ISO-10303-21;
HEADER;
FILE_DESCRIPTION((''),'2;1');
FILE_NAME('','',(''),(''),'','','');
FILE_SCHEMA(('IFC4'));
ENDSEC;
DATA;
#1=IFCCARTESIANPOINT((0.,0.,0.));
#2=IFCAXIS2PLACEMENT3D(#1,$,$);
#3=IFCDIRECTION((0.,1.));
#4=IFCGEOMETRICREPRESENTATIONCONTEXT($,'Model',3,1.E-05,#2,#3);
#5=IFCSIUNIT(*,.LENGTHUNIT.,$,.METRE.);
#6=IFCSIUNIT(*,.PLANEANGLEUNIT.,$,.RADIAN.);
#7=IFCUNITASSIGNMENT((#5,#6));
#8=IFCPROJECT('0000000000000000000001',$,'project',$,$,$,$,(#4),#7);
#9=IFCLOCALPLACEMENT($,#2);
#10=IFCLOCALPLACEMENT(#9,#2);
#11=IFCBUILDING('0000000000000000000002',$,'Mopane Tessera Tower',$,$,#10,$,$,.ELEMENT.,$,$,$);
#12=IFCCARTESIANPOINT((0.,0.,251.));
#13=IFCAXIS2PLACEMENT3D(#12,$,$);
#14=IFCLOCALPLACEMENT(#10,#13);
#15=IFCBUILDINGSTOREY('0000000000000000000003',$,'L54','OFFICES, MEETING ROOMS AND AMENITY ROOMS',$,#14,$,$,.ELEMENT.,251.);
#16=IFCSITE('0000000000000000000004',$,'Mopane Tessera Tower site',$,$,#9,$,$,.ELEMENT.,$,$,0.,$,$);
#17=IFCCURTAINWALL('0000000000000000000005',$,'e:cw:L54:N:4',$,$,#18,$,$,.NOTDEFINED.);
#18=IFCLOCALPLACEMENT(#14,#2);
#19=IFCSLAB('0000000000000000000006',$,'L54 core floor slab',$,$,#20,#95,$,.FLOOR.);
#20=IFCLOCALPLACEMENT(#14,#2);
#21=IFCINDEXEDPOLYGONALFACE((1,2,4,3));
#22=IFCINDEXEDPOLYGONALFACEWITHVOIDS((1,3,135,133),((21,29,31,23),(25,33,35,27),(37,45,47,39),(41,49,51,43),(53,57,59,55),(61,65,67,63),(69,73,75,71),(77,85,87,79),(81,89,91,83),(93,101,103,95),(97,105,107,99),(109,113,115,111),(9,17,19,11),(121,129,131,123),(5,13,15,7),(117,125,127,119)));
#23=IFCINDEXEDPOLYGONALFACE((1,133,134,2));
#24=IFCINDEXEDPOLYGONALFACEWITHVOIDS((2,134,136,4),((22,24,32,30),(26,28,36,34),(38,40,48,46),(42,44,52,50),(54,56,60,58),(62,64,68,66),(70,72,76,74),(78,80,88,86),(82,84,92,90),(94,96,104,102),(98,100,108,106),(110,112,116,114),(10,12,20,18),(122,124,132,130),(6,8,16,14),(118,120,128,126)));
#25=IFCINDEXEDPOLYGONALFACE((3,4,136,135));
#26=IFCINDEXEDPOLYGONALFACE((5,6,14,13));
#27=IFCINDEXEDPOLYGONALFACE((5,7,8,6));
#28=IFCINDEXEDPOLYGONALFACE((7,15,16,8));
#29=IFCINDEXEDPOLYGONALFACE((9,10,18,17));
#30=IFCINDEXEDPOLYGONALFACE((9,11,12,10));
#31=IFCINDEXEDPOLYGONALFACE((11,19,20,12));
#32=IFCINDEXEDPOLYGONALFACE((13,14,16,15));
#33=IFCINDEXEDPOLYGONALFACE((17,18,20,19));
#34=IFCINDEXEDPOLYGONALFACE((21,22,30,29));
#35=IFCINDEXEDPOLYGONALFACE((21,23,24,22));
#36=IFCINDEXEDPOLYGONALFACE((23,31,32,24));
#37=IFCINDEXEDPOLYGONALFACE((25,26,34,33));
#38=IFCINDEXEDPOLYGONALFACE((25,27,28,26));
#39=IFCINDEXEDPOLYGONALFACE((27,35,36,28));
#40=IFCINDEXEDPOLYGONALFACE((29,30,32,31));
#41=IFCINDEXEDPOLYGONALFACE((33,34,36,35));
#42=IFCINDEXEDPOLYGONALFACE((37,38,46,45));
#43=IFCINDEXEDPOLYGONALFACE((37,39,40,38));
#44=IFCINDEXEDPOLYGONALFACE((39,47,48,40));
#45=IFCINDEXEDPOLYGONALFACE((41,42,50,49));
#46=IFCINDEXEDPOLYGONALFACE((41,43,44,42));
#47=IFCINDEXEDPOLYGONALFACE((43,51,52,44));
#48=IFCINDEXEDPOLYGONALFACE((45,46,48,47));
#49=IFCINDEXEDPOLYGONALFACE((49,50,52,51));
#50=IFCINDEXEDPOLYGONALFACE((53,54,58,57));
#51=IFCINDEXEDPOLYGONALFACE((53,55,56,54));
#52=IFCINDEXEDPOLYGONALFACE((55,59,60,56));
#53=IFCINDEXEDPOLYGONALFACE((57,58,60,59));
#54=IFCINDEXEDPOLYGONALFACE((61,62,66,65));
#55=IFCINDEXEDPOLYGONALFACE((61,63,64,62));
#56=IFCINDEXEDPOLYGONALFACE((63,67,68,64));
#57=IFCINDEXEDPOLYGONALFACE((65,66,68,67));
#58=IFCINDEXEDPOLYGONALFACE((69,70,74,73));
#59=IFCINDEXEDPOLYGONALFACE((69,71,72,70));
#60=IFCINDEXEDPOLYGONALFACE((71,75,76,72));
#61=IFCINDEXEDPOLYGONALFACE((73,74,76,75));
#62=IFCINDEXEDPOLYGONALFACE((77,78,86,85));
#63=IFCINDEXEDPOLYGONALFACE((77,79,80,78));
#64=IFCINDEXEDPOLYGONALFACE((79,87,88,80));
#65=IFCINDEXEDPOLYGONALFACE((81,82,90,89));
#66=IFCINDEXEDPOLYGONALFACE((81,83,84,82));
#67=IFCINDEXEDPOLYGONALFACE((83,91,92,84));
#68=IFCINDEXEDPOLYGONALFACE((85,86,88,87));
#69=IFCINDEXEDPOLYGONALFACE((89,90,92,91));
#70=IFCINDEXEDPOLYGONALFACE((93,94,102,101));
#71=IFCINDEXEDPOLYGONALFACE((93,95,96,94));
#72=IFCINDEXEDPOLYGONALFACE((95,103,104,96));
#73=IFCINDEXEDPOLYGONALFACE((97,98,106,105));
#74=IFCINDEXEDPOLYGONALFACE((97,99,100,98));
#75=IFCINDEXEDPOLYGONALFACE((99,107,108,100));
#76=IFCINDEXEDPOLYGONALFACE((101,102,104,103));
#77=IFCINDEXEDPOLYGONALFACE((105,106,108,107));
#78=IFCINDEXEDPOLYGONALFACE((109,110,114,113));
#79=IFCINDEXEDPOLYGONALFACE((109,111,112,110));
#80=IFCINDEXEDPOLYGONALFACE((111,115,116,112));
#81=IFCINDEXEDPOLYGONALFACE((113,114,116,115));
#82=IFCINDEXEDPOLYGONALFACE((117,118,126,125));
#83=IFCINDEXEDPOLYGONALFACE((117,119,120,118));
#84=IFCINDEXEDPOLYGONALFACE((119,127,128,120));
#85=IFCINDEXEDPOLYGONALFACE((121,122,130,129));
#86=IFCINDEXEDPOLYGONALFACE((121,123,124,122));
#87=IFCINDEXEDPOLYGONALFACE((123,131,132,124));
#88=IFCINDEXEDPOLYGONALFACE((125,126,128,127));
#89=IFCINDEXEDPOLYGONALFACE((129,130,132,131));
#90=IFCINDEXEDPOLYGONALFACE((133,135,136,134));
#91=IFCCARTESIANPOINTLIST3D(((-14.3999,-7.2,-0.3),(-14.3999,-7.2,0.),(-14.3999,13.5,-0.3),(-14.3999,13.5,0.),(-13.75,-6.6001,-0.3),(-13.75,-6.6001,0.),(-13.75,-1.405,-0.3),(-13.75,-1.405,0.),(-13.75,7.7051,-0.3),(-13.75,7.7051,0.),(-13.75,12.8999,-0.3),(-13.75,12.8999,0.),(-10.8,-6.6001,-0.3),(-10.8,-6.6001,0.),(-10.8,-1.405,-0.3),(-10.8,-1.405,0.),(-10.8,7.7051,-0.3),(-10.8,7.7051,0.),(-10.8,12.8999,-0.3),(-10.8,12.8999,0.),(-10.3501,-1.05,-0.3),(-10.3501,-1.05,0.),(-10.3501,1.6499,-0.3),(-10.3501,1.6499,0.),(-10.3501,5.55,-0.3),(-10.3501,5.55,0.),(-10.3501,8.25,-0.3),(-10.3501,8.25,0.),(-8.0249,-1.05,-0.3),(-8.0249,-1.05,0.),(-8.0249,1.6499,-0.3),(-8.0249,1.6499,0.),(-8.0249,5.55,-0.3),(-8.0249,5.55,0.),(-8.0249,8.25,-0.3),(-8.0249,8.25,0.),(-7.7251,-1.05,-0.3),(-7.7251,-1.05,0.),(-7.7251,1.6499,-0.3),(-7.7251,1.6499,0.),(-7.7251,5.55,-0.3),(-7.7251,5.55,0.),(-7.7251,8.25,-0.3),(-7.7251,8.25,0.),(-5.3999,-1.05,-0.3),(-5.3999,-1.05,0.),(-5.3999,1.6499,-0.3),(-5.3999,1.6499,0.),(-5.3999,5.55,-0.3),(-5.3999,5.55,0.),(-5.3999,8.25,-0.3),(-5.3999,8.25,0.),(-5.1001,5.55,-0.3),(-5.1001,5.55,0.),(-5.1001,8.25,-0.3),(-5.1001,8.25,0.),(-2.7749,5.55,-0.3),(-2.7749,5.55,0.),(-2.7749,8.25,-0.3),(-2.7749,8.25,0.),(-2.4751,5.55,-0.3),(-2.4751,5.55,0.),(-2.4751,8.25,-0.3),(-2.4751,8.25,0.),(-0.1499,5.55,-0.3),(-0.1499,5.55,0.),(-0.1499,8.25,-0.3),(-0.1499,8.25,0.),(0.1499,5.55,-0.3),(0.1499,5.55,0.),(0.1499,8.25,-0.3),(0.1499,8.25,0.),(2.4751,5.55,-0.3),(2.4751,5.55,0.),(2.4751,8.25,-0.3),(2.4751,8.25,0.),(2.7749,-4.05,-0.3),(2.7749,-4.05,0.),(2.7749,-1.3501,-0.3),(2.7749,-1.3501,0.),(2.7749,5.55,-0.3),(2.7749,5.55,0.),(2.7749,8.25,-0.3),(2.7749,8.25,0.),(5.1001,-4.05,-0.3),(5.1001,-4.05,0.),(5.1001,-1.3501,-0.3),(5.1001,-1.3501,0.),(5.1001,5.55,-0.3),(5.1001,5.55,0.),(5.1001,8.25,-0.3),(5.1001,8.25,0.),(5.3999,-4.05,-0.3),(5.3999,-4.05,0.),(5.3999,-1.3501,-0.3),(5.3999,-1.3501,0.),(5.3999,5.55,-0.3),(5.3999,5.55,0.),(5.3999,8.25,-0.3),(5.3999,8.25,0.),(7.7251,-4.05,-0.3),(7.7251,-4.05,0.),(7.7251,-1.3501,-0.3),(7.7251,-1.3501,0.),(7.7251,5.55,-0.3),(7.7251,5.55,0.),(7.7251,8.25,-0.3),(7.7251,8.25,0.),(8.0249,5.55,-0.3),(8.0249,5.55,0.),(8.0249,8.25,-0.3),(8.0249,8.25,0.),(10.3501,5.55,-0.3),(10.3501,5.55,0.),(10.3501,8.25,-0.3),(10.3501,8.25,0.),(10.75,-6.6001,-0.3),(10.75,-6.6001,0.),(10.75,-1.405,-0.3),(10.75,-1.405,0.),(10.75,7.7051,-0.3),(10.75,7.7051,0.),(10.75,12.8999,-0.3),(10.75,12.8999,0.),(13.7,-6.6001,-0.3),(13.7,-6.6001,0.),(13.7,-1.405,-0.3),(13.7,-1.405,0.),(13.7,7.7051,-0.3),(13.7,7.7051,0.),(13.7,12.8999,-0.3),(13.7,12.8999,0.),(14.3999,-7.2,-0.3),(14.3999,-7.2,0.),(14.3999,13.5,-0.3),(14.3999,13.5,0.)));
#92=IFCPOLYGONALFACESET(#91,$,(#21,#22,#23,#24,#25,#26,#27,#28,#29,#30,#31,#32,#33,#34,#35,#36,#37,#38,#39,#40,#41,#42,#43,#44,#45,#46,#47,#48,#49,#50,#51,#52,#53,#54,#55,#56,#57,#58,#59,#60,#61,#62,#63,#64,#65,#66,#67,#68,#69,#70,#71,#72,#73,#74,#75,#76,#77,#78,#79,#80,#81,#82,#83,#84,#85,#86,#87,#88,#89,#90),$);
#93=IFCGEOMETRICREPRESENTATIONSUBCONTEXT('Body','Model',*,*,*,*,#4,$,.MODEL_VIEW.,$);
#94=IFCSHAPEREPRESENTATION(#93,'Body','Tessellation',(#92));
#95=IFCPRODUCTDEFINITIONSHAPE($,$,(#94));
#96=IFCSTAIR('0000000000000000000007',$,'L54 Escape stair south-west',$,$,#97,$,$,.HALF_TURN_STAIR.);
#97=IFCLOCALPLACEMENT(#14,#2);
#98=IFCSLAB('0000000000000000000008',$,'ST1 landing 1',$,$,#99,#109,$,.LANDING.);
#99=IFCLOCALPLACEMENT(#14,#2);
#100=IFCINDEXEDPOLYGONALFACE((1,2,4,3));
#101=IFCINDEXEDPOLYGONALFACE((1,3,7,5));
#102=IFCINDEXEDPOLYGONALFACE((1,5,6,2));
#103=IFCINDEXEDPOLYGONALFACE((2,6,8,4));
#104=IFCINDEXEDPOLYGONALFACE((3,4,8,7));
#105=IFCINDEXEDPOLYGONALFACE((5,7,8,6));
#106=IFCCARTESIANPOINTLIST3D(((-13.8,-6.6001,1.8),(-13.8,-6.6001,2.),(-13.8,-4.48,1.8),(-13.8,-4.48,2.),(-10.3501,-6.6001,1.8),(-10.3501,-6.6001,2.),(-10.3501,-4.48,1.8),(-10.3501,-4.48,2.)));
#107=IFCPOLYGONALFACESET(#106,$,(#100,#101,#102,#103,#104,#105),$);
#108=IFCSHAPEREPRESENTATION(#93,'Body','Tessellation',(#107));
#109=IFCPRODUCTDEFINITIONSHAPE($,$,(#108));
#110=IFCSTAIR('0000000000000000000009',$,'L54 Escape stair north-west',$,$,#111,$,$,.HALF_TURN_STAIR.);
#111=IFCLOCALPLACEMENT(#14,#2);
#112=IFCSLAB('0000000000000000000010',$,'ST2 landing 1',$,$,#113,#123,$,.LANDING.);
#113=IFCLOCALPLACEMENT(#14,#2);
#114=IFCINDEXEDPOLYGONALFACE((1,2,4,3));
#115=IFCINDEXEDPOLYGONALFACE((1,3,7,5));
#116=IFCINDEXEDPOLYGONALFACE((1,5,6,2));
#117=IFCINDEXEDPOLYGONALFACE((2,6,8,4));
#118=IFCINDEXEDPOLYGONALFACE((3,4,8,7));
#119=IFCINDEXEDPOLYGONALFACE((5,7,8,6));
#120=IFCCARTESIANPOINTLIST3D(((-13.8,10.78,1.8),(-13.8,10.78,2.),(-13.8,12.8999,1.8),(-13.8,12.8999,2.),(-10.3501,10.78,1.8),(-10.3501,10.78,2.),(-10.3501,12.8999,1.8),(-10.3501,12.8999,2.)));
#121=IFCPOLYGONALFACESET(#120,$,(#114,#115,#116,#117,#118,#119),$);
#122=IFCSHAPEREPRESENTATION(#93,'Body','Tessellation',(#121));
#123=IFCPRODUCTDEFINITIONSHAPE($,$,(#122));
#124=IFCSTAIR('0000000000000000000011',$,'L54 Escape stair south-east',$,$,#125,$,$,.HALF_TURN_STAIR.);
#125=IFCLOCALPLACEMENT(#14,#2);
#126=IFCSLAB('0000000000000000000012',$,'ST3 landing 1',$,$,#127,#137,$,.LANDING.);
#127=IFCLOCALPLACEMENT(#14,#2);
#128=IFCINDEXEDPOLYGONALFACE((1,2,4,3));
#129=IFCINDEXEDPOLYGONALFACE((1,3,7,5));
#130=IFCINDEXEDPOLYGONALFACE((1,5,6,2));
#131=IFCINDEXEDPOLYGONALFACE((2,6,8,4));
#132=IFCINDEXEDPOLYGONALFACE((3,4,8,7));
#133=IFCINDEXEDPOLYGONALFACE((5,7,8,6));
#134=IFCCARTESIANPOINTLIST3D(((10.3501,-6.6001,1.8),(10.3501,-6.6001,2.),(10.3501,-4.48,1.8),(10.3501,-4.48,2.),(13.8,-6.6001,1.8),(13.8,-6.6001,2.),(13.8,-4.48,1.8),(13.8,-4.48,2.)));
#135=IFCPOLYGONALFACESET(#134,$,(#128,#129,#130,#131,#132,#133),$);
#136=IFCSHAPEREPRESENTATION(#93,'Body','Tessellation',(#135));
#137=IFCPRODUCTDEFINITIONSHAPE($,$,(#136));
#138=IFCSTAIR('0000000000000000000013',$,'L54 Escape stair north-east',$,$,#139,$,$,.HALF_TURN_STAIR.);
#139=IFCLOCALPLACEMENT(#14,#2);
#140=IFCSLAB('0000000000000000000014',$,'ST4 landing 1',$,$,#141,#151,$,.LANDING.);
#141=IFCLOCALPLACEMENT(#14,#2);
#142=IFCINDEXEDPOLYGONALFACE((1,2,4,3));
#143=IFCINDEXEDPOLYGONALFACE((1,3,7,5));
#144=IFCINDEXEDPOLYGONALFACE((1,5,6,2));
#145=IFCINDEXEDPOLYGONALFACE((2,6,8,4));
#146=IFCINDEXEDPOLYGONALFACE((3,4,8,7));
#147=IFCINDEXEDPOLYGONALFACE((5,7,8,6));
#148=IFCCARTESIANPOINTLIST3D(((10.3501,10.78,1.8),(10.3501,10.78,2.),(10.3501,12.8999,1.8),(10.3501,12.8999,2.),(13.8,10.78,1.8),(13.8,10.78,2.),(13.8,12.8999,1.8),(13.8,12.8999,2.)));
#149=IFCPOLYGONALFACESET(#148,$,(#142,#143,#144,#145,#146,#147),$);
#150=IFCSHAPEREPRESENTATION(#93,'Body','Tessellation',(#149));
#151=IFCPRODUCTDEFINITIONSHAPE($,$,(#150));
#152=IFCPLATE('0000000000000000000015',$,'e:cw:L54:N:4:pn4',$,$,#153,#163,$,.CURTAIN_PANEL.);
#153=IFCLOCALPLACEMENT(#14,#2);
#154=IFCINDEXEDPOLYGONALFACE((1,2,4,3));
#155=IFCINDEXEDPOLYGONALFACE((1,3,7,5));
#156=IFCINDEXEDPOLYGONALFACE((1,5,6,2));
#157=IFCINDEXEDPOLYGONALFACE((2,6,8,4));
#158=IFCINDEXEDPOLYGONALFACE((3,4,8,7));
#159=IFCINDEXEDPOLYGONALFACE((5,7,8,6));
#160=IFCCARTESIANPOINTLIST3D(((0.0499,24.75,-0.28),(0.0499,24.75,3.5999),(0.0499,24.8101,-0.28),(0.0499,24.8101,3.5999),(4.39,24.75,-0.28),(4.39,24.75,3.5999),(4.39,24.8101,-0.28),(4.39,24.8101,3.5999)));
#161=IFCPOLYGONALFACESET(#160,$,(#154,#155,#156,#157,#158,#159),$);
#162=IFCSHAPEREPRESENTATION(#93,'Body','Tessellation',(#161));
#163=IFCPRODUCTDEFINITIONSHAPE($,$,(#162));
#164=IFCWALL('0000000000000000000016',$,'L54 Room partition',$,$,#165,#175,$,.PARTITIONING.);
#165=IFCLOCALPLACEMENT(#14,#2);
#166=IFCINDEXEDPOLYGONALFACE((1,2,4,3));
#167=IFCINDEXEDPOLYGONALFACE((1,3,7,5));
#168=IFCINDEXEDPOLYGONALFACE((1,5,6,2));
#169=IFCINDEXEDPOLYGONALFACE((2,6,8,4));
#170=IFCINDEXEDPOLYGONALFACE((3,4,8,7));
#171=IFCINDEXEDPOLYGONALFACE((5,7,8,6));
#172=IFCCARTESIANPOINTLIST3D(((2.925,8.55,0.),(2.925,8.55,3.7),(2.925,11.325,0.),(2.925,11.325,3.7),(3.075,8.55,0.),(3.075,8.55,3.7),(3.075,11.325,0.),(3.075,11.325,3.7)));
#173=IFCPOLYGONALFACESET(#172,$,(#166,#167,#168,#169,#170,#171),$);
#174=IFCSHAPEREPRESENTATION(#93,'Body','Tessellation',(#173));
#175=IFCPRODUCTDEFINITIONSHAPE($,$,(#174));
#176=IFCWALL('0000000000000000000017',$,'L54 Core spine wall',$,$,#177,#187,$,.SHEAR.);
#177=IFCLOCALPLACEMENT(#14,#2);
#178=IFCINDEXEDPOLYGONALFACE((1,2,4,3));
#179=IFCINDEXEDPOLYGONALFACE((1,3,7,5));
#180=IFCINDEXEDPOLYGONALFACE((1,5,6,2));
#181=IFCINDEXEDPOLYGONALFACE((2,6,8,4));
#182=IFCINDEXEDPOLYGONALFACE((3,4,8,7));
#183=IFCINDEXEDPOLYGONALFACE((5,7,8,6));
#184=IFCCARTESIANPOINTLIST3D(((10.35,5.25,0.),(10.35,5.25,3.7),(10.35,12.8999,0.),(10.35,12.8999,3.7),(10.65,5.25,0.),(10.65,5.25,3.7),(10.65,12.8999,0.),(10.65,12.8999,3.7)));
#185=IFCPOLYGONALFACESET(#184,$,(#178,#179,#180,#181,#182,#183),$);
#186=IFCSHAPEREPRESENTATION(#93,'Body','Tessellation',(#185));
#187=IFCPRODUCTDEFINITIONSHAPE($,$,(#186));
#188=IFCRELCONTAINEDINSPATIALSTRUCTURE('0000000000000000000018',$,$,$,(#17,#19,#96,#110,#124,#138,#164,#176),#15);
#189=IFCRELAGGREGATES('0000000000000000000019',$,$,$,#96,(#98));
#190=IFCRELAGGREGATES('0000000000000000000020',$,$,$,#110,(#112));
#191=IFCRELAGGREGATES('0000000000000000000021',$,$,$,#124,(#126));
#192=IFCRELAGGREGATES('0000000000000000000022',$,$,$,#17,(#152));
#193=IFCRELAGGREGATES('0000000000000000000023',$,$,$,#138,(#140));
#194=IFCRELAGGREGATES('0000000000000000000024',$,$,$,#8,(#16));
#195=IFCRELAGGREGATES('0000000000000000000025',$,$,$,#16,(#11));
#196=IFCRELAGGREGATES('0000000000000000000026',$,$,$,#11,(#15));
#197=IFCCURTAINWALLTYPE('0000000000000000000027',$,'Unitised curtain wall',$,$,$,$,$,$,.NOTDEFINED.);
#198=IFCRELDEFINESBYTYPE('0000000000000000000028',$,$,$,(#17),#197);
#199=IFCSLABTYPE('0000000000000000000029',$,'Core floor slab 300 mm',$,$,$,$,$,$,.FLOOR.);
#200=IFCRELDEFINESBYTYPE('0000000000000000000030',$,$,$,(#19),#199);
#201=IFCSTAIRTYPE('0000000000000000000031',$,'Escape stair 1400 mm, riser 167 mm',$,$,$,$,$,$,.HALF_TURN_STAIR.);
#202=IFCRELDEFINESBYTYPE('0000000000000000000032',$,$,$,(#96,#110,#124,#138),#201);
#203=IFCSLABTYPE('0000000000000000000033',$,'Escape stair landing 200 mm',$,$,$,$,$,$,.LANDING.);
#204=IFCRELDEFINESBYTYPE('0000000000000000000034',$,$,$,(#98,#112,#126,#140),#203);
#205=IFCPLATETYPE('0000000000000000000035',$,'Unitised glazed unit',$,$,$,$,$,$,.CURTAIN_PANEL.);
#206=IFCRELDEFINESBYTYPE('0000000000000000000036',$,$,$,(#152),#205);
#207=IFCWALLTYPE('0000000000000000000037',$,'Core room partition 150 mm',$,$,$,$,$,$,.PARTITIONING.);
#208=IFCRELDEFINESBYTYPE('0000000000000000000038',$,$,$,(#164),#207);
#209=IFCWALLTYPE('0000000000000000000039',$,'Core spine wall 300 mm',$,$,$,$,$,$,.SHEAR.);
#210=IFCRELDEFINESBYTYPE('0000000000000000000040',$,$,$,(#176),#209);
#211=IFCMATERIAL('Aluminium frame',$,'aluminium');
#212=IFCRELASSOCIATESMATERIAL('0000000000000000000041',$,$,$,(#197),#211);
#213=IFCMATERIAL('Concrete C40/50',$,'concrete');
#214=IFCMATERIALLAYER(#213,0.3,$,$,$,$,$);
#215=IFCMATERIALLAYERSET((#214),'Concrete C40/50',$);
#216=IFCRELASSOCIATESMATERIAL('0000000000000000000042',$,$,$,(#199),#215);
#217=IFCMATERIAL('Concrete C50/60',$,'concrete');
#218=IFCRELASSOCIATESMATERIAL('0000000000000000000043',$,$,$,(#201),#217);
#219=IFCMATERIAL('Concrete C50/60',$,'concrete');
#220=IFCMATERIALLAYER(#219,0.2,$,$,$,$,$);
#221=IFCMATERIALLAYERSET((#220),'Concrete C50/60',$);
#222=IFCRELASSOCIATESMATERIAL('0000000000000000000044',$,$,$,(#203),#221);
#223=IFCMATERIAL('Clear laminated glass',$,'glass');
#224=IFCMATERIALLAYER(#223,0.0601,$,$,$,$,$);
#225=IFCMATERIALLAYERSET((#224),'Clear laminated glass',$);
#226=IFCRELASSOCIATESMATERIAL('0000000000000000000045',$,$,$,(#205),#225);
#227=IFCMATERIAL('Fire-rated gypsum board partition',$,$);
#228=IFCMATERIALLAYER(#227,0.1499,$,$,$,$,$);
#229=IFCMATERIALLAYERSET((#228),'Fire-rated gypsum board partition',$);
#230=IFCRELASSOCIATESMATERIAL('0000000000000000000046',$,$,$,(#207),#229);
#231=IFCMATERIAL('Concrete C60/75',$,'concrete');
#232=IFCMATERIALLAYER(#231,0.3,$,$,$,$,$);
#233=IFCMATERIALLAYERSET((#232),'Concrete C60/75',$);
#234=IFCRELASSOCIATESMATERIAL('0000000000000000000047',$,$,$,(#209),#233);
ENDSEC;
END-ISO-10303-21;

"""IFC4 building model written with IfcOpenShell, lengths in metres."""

from ifc_helpers import new_model, si_unit, direction, frame, frame_2d, origin, origin_2d, place, context, subcontext, project, spatial, polyline, rectangle, outline, extrude, material, layer, layer_set, type_object, element, aggregate, save


model = new_model("IFC4")

# Units and contexts
model_context = context("Model", 3, precision=1e-05, world=origin(), true_north=direction((0.0, 1.0)))
body_context = subcontext(model_context, "Body", "Model", "MODEL_VIEW")
ifc_project = project(units=[si_unit("LENGTHUNIT", "METRE"), si_unit("PLANEANGLEUNIT", "RADIAN")], contexts=[model_context])

# Site, building, storey
site_placement = place(None, origin())
site = spatial("IfcSite", under=ifc_project, at=site_placement, Name="Mopane Tessera Tower site", CompositionType="ELEMENT", RefElevation=0.0)
building_placement = place(site_placement, origin())
building = spatial("IfcBuilding", under=site, at=building_placement, Name="Mopane Tessera Tower", CompositionType="ELEMENT")
storey_placement = place(building_placement, frame((0.0, 0.0, 251.0)))
storey = spatial("IfcBuildingStorey", under=building, at=storey_placement, Name="L54", Description="OFFICES, MEETING ROOMS AND AMENITY ROOMS", CompositionType="ELEMENT", Elevation=251.0)

# Curtain wall
ifc_material_1 = material(Name="Aluminium frame", Category="aluminium")
curtain_wall_type = type_object("IfcCurtainWallType", Name="Unitised curtain wall", PredefinedType="NOTDEFINED", material=ifc_material_1)
curtain_wall_placement = place(storey_placement, origin())
curtain_wall = element("IfcCurtainWall", 1, at=curtain_wall_placement, inside=storey, type_object=curtain_wall_type, Name="e:cw:L54:N:4", PredefinedType="NOTDEFINED")

# Slab
ifc_material_2 = material(Name="Concrete C40/50", Category="concrete")
ifc_layer_1 = layer(ifc_material_2, 0.3)
ifc_layer_set_1 = layer_set([ifc_layer_1], Name="Concrete C40/50")
slab_type_1 = type_object("IfcSlabType", Name="Core floor slab 300 mm", PredefinedType="FLOOR", material=ifc_layer_set_1)
slab_1_placement = place(storey_placement, frame((0.0, 0.0, -0.3)))
element("IfcSlab", 2, at=slab_1_placement, inside=storey, type_object=slab_type_1, Name="L54 core floor slab", PredefinedType="FLOOR", context=body_context, shape_type="SweptSolid", body=[
    extrude(outline(polyline([(-14.3999, -7.2), (14.3999, -7.2), (14.3999, 13.5), (-14.3999, 13.5), (-14.3999, -7.2)]), holes=[polyline([(-10.3501, -1.05), (-8.0249, -1.05), (-8.0249, 1.6499), (-10.3501, 1.6499), (-10.3501, -1.05)]), polyline([(-7.7251, -1.05), (-5.3999, -1.05), (-5.3999, 1.6499), (-7.7251, 1.6499), (-7.7251, -1.05)]), polyline([(-10.3501, 5.55), (-8.0249, 5.55), (-8.0249, 8.25), (-10.3501, 8.25), (-10.3501, 5.55)]), polyline([(-7.7251, 5.55), (-5.3999, 5.55), (-5.3999, 8.25), (-7.7251, 8.25), (-7.7251, 5.55)]), polyline([(-5.1001, 5.55), (-2.7749, 5.55), (-2.7749, 8.25), (-5.1001, 8.25), (-5.1001, 5.55)]), polyline([(-2.4751, 5.55), (-0.1499, 5.55), (-0.1499, 8.25), (-2.4751, 8.25), (-2.4751, 5.55)]), polyline([(0.1499, 5.55), (2.4751, 5.55), (2.4751, 8.25), (0.1499, 8.25), (0.1499, 5.55)]), polyline([(2.7749, 5.55), (5.1001, 5.55), (5.1001, 8.25), (2.7749, 8.25), (2.7749, 5.55)]), polyline([(5.3999, 5.55), (7.7251, 5.55), (7.7251, 8.25), (5.3999, 8.25), (5.3999, 5.55)]), polyline([(8.0249, 5.55), (10.3501, 5.55), (10.3501, 8.25), (8.0249, 8.25), (8.0249, 5.55)]), polyline([(2.7749, -4.05), (5.1001, -4.05), (5.1001, -1.3501), (2.7749, -1.3501), (2.7749, -4.05)]), polyline([(5.3999, -4.05), (7.7251, -4.05), (7.7251, -1.3501), (5.3999, -1.3501), (5.3999, -4.05)]), polyline([(-13.75, -1.405), (-13.75, -6.6001), (-10.8, -6.6001), (-10.8, -1.405), (-13.75, -1.405)]), polyline([(-10.8, 7.7051), (-10.8, 12.8999), (-13.75, 12.8999), (-13.75, 7.7051), (-10.8, 7.7051)]), polyline([(10.75, -1.405), (10.75, -6.6001), (13.7, -6.6001), (13.7, -1.405), (10.75, -1.405)]), polyline([(13.7, 7.7051), (13.7, 12.8999), (10.75, 12.8999), (10.75, 7.7051), (13.7, 7.7051)])]), origin(), (0.0, 0.0, 1.0), 0.3),
])

# Stairs, slabs
ifc_material_3 = material(Name="Concrete C50/60", Category="concrete")
stair_type = type_object("IfcStairType", Name="Escape stair 1400 mm, riser 167 mm", PredefinedType="HALF_TURN_STAIR", material=ifc_material_3)
stair_1_placement = place(storey_placement, origin())
stair_1 = element("IfcStair", 3, at=stair_1_placement, inside=storey, type_object=stair_type, Name="L54 Escape stair south-west", PredefinedType="HALF_TURN_STAIR")
ifc_material_4 = material(Name="Concrete C50/60", Category="concrete")
ifc_layer_2 = layer(ifc_material_4, 0.2)
ifc_layer_set_2 = layer_set([ifc_layer_2], Name="Concrete C50/60")
slab_type_2 = type_object("IfcSlabType", Name="Escape stair landing 200 mm", PredefinedType="LANDING", material=ifc_layer_set_2)
slab_2_placement = place(storey_placement, frame((0.0, 0.0, 1.8)))
slab_2 = element("IfcSlab", 4, at=slab_2_placement, type_object=slab_type_2, Name="ST1 landing 1", PredefinedType="LANDING", context=body_context, shape_type="SweptSolid", body=[
    extrude(outline(polyline([(-13.8, -4.48), (-13.8, -6.6001), (-10.3501, -6.6001), (-10.3501, -4.48), (-13.8, -4.48)])), origin(), (0.0, 0.0, 1.0), 0.2),
])
aggregate(stair_1, [slab_2])
stair_2_placement = place(storey_placement, origin())
stair_2 = element("IfcStair", 5, at=stair_2_placement, inside=storey, type_object=stair_type, Name="L54 Escape stair north-west", PredefinedType="HALF_TURN_STAIR")
slab_3_placement = place(storey_placement, frame((0.0, 0.0, 1.8)))
slab_3 = element("IfcSlab", 6, at=slab_3_placement, type_object=slab_type_2, Name="ST2 landing 1", PredefinedType="LANDING", context=body_context, shape_type="SweptSolid", body=[
    extrude(outline(polyline([(-10.3501, 10.78), (-10.3501, 12.8999), (-13.8, 12.8999), (-13.8, 10.78), (-10.3501, 10.78)])), origin(), (0.0, 0.0, 1.0), 0.2),
])
aggregate(stair_2, [slab_3])
stair_3_placement = place(storey_placement, origin())
stair_3 = element("IfcStair", 7, at=stair_3_placement, inside=storey, type_object=stair_type, Name="L54 Escape stair south-east", PredefinedType="HALF_TURN_STAIR")
slab_4_placement = place(storey_placement, frame((0.0, 0.0, 1.8)))
slab_4 = element("IfcSlab", 8, at=slab_4_placement, type_object=slab_type_2, Name="ST3 landing 1", PredefinedType="LANDING", context=body_context, shape_type="SweptSolid", body=[
    extrude(outline(polyline([(10.3501, -4.48), (10.3501, -6.6001), (13.8, -6.6001), (13.8, -4.48), (10.3501, -4.48)])), origin(), (0.0, 0.0, 1.0), 0.2),
])
aggregate(stair_3, [slab_4])
stair_4_placement = place(storey_placement, origin())
stair_4 = element("IfcStair", 9, at=stair_4_placement, inside=storey, type_object=stair_type, Name="L54 Escape stair north-east", PredefinedType="HALF_TURN_STAIR")
slab_5_placement = place(storey_placement, frame((0.0, 0.0, 1.8)))
slab_5 = element("IfcSlab", 10, at=slab_5_placement, type_object=slab_type_2, Name="ST4 landing 1", PredefinedType="LANDING", context=body_context, shape_type="SweptSolid", body=[
    extrude(outline(polyline([(13.8, 10.78), (13.8, 12.8999), (10.3501, 12.8999), (10.3501, 10.78), (13.8, 10.78)])), origin(), (0.0, 0.0, 1.0), 0.2),
])

# Plate
ifc_material_5 = material(Name="Clear laminated glass", Category="glass")
ifc_layer_3 = layer(ifc_material_5, 0.0601)
ifc_layer_set_3 = layer_set([ifc_layer_3], Name="Clear laminated glass")
plate_type = type_object("IfcPlateType", Name="Unitised glazed unit", PredefinedType="CURTAIN_PANEL", material=ifc_layer_set_3)
plate_placement = place(storey_placement, frame((2.22, 24.78, -0.28), z_axis=(0.0, 0.0, 1.0), x_axis=(-1.0, 0.0, 0.0)))
plate = element("IfcPlate", 11, at=plate_placement, type_object=plate_type, Name="e:cw:L54:N:4:pn4", PredefinedType="CURTAIN_PANEL", context=body_context, shape_type="SweptSolid", body=[
    extrude(rectangle(XDim=4.3401, YDim=0.0601, at=origin_2d()), origin(), (0.0, 0.0, 1.0), 3.8799),
])
aggregate(curtain_wall, [plate])

# Walls
ifc_material_6 = material(Name="Fire-rated gypsum board partition")
ifc_layer_4 = layer(ifc_material_6, 0.1499)
ifc_layer_set_4 = layer_set([ifc_layer_4], Name="Fire-rated gypsum board partition")
wall_type_1 = type_object("IfcWallType", Name="Core room partition 150 mm", PredefinedType="PARTITIONING", material=ifc_layer_set_4)
wall_1_placement = place(storey_placement, frame((3.0, 8.55, 0.0), z_axis=(0.0, 0.0, 1.0), x_axis=(0.0, 1.0, 0.0)))
element("IfcWall", 12, at=wall_1_placement, inside=storey, type_object=wall_type_1, Name="L54 Room partition", PredefinedType="PARTITIONING", context=body_context, shape_type="SweptSolid", body=[
    extrude(rectangle(XDim=2.7749, YDim=0.1499, at=frame_2d((1.3875, 0.0))), origin(), (0.0, 0.0, 1.0), 3.7),
])
ifc_material_7 = material(Name="Concrete C60/75", Category="concrete")
ifc_layer_5 = layer(ifc_material_7, 0.3)
ifc_layer_set_5 = layer_set([ifc_layer_5], Name="Concrete C60/75")
wall_type_2 = type_object("IfcWallType", Name="Core spine wall 300 mm", PredefinedType="SHEAR", material=ifc_layer_set_5)
wall_2_placement = place(storey_placement, frame((10.5, 5.25, 0.0), z_axis=(0.0, 0.0, 1.0), x_axis=(0.0, 1.0, 0.0)))
element("IfcWall", 13, at=wall_2_placement, inside=storey, type_object=wall_type_2, Name="L54 Core spine wall", PredefinedType="SHEAR", context=body_context, shape_type="SweptSolid", body=[
    extrude(rectangle(XDim=7.6499, YDim=0.3, at=frame_2d((3.825, 0.0))), origin(), (0.0, 0.0, 1.0), 3.7),
])

aggregate(stair_4, [slab_5])

save(model, "model.ifc")
